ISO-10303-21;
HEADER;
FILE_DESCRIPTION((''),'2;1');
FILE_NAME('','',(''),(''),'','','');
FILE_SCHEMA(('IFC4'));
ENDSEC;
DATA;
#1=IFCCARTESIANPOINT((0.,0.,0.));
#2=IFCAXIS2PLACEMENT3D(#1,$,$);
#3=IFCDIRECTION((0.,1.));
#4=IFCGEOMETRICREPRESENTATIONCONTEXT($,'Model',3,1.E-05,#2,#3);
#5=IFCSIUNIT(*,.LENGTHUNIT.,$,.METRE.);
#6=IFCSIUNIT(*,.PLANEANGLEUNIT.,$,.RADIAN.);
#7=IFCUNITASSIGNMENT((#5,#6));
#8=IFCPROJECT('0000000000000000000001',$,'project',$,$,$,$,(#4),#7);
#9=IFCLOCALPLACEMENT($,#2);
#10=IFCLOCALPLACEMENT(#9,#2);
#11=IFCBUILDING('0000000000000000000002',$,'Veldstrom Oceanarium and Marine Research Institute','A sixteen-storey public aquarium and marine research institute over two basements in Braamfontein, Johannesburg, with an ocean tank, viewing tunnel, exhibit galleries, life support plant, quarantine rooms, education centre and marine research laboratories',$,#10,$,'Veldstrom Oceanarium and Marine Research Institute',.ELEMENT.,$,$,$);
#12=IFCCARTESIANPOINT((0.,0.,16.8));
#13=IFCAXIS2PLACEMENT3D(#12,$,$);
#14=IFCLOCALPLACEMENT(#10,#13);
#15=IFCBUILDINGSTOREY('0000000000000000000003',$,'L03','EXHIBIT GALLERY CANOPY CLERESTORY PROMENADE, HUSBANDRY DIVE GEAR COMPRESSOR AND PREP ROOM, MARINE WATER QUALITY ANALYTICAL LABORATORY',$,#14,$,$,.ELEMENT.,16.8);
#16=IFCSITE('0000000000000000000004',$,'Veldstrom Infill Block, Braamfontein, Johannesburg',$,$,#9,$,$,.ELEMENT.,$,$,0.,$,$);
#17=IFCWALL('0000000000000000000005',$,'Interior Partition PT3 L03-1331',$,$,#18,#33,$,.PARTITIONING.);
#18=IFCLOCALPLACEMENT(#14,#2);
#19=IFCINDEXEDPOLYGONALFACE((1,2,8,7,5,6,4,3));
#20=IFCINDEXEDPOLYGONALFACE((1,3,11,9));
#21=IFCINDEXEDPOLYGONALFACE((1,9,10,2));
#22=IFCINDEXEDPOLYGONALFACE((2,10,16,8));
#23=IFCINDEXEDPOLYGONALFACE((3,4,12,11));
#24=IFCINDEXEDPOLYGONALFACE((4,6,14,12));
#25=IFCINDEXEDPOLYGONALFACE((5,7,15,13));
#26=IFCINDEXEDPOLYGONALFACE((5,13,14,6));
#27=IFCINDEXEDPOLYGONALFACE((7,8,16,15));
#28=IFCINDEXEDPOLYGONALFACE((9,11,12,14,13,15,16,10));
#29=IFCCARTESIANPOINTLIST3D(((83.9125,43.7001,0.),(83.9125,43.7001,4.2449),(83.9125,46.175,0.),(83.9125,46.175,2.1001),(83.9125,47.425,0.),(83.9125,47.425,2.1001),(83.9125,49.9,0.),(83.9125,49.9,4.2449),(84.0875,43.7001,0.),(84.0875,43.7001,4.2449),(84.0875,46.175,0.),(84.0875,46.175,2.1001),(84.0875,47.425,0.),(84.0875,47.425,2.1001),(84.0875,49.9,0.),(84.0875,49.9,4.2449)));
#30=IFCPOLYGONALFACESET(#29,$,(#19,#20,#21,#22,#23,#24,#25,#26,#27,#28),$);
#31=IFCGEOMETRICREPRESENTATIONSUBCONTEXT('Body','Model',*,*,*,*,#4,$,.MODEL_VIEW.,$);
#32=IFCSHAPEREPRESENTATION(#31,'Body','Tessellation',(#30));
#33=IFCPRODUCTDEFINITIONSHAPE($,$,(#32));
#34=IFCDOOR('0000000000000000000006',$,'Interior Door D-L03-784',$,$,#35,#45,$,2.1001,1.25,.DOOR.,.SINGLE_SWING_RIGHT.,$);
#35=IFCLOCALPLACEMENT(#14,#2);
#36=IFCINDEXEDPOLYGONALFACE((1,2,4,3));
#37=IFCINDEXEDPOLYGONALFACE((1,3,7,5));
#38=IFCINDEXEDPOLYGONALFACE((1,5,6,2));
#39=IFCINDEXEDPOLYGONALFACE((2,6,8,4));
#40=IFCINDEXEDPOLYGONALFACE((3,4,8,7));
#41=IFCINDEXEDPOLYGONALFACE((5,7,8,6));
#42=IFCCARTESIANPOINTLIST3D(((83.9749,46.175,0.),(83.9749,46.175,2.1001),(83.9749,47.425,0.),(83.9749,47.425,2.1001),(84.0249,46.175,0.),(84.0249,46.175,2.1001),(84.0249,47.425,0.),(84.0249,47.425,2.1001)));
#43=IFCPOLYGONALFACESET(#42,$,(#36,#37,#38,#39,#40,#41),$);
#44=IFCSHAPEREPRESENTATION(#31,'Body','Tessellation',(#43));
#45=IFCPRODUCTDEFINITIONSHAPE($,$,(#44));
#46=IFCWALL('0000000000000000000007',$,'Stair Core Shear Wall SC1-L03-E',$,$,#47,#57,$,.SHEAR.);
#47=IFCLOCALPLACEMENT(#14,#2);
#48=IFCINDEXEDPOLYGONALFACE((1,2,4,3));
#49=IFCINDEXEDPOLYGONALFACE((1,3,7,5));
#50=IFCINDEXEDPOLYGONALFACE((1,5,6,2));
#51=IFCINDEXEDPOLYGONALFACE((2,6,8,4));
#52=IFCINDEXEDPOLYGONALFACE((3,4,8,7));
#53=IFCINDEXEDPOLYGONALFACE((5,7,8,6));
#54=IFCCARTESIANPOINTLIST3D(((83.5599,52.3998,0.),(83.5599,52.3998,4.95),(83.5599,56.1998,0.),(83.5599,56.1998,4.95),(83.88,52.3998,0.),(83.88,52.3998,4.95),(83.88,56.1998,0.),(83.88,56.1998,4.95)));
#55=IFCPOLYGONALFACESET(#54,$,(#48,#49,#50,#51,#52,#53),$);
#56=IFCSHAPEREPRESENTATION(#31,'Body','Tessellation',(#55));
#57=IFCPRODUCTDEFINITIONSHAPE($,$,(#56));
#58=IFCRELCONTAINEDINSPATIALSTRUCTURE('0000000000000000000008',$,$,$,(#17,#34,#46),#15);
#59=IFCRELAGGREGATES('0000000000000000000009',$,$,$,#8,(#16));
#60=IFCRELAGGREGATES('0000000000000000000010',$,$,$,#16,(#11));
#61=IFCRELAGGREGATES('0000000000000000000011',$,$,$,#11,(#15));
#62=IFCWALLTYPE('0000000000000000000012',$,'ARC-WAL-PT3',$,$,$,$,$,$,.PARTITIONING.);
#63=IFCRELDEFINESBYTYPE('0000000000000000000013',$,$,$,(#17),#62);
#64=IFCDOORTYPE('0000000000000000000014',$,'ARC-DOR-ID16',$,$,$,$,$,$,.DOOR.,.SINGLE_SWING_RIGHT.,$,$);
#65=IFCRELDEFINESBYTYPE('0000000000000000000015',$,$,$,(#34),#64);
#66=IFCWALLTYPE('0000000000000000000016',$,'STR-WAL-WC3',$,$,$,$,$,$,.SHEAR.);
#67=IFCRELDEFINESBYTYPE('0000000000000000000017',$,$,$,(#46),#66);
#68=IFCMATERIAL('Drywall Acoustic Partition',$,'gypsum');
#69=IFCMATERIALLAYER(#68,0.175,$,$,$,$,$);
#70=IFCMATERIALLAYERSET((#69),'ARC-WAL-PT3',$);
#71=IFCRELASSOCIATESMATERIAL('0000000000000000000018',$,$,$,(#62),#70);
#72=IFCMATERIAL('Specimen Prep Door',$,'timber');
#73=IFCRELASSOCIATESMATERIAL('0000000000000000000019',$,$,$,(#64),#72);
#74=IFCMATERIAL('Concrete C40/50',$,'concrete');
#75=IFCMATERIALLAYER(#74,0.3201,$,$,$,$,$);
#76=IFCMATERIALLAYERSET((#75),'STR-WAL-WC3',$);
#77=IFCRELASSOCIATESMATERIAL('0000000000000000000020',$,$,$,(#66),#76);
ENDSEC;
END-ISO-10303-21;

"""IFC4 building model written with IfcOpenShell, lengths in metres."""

from ifc_helpers import new_model, si_unit, direction, frame, frame_2d, origin, place, context, subcontext, project, spatial, rectangle, extrude, material, layer, layer_set, type_object, element, fill, save


model = new_model("IFC4")

# Units and contexts
model_context = context("Model", 3, precision=1e-05, world=origin(), true_north=direction((0.0, 1.0)))
body_context = subcontext(model_context, "Body", "Model", "MODEL_VIEW")
ifc_project = project(units=[si_unit("LENGTHUNIT", "METRE"), si_unit("PLANEANGLEUNIT", "RADIAN")], contexts=[model_context])

# Site, building, storey
site_placement = place(None, origin())
site = spatial("IfcSite", under=ifc_project, at=site_placement, Name="Veldstrom Infill Block, Braamfontein, Johannesburg", CompositionType="ELEMENT", RefElevation=0.0)
building_placement = place(site_placement, origin())
building = spatial("IfcBuilding", under=site, at=building_placement, Name="Veldstrom Oceanarium and Marine Research Institute", Description="A sixteen-storey public aquarium and marine research institute over two basements in Braamfontein, Johannesburg, with an ocean tank, viewing tunnel, exhibit galleries, life support plant, quarantine rooms, education centre and marine research laboratories", LongName="Veldstrom Oceanarium and Marine Research Institute", CompositionType="ELEMENT")
storey_placement = place(building_placement, frame((0.0, 0.0, 16.8)))
storey = spatial("IfcBuildingStorey", under=building, at=storey_placement, Name="L03", Description="EXHIBIT GALLERY CANOPY CLERESTORY PROMENADE, HUSBANDRY DIVE GEAR COMPRESSOR AND PREP ROOM, MARINE WATER QUALITY ANALYTICAL LABORATORY", CompositionType="ELEMENT", Elevation=16.8)

# Wall, opening, door
ifc_material_1 = material(Name="Drywall Acoustic Partition", Category="gypsum")
ifc_layer_1 = layer(ifc_material_1, 0.175)
ifc_layer_set_1 = layer_set([ifc_layer_1], Name="ARC-WAL-PT3")
wall_type_1 = type_object("IfcWallType", Name="ARC-WAL-PT3", PredefinedType="PARTITIONING", material=ifc_layer_set_1)
wall_1_placement = place(storey_placement, frame((84.0, 43.7, 0.0), z_axis=(0.0, 0.0, 1.0), x_axis=(0.0, 1.0, 0.0)))
wall_1 = element("IfcWall", 1, at=wall_1_placement, inside=storey, type_object=wall_type_1, Name="Interior Partition PT3 L03-1331", PredefinedType="PARTITIONING", context=body_context, shape_type="SweptSolid", body=[
    extrude(rectangle(XDim=6.2, YDim=0.175, at=frame_2d((3.1001, 0.0))), origin(), (0.0, 0.0, 1.0), 4.2449),
])
opening_1_placement = place(wall_1_placement, frame((2.4751, 0.0, 0.0)))
opening_1 = element("IfcOpeningElement", 2, at=opening_1_placement, cuts=wall_1, PredefinedType="OPENING", context=body_context, shape_type="SweptSolid", body=[
    extrude(rectangle(XDim=1.25, YDim=2.1001, at=frame_2d((0.625, 1.05))), frame((0.0, 0.0974, 0.0), z_axis=(0.0, -1.0, 0.0), x_axis=(1.0, 0.0, 0.0)), (0.0, 0.0, 1.0), 0.1951),
])
ifc_material_2 = material(Name="Specimen Prep Door", Category="timber")
door_type_1 = type_object("IfcDoorType", Name="ARC-DOR-ID16", OperationType="SINGLE_SWING_RIGHT", PredefinedType="DOOR", material=ifc_material_2)
door_1_placement = place(opening_1_placement, frame((1.25, 0.0, 0.0), z_axis=(0.0, 0.0, 1.0), x_axis=(-1.0, 0.0, 0.0)))
door_1 = element("IfcDoor", 3, at=door_1_placement, inside=storey, type_object=door_type_1, Name="Interior Door D-L03-784", OperationType="SINGLE_SWING_RIGHT", OverallHeight=2.1001, OverallWidth=1.25, PredefinedType="DOOR", context=body_context, shape_type="SweptSolid", body=[
    extrude(rectangle(XDim=1.25, YDim=2.1001, at=frame_2d((0.625, 1.05))), frame((0.0, 0.0249, 0.0), z_axis=(0.0, -1.0, 0.0), x_axis=(1.0, 0.0, 0.0)), (0.0, 0.0, 1.0), 0.05),
])
fill(opening_1, door_1)

# Wall
ifc_material_3 = material(Name="Concrete C40/50", Category="concrete")
ifc_layer_2 = layer(ifc_material_3, 0.3201)
ifc_layer_set_2 = layer_set([ifc_layer_2], Name="STR-WAL-WC3")
wall_type_2 = type_object("IfcWallType", Name="STR-WAL-WC3", PredefinedType="SHEAR", material=ifc_layer_set_2)
wall_2_placement = place(storey_placement, frame((83.72, 52.3999, 0.0), z_axis=(0.0, 0.0, 1.0), x_axis=(0.0, 1.0, 0.0)))
element("IfcWall", 4, at=wall_2_placement, inside=storey, type_object=wall_type_2, Name="Stair Core Shear Wall SC1-L03-E", PredefinedType="SHEAR", context=body_context, shape_type="SweptSolid", body=[
    extrude(rectangle(XDim=3.8, YDim=0.3201, at=frame_2d((1.8999, 0.0))), origin(), (0.0, 0.0, 1.0), 4.95),
])

save(model, "model.ifc")
